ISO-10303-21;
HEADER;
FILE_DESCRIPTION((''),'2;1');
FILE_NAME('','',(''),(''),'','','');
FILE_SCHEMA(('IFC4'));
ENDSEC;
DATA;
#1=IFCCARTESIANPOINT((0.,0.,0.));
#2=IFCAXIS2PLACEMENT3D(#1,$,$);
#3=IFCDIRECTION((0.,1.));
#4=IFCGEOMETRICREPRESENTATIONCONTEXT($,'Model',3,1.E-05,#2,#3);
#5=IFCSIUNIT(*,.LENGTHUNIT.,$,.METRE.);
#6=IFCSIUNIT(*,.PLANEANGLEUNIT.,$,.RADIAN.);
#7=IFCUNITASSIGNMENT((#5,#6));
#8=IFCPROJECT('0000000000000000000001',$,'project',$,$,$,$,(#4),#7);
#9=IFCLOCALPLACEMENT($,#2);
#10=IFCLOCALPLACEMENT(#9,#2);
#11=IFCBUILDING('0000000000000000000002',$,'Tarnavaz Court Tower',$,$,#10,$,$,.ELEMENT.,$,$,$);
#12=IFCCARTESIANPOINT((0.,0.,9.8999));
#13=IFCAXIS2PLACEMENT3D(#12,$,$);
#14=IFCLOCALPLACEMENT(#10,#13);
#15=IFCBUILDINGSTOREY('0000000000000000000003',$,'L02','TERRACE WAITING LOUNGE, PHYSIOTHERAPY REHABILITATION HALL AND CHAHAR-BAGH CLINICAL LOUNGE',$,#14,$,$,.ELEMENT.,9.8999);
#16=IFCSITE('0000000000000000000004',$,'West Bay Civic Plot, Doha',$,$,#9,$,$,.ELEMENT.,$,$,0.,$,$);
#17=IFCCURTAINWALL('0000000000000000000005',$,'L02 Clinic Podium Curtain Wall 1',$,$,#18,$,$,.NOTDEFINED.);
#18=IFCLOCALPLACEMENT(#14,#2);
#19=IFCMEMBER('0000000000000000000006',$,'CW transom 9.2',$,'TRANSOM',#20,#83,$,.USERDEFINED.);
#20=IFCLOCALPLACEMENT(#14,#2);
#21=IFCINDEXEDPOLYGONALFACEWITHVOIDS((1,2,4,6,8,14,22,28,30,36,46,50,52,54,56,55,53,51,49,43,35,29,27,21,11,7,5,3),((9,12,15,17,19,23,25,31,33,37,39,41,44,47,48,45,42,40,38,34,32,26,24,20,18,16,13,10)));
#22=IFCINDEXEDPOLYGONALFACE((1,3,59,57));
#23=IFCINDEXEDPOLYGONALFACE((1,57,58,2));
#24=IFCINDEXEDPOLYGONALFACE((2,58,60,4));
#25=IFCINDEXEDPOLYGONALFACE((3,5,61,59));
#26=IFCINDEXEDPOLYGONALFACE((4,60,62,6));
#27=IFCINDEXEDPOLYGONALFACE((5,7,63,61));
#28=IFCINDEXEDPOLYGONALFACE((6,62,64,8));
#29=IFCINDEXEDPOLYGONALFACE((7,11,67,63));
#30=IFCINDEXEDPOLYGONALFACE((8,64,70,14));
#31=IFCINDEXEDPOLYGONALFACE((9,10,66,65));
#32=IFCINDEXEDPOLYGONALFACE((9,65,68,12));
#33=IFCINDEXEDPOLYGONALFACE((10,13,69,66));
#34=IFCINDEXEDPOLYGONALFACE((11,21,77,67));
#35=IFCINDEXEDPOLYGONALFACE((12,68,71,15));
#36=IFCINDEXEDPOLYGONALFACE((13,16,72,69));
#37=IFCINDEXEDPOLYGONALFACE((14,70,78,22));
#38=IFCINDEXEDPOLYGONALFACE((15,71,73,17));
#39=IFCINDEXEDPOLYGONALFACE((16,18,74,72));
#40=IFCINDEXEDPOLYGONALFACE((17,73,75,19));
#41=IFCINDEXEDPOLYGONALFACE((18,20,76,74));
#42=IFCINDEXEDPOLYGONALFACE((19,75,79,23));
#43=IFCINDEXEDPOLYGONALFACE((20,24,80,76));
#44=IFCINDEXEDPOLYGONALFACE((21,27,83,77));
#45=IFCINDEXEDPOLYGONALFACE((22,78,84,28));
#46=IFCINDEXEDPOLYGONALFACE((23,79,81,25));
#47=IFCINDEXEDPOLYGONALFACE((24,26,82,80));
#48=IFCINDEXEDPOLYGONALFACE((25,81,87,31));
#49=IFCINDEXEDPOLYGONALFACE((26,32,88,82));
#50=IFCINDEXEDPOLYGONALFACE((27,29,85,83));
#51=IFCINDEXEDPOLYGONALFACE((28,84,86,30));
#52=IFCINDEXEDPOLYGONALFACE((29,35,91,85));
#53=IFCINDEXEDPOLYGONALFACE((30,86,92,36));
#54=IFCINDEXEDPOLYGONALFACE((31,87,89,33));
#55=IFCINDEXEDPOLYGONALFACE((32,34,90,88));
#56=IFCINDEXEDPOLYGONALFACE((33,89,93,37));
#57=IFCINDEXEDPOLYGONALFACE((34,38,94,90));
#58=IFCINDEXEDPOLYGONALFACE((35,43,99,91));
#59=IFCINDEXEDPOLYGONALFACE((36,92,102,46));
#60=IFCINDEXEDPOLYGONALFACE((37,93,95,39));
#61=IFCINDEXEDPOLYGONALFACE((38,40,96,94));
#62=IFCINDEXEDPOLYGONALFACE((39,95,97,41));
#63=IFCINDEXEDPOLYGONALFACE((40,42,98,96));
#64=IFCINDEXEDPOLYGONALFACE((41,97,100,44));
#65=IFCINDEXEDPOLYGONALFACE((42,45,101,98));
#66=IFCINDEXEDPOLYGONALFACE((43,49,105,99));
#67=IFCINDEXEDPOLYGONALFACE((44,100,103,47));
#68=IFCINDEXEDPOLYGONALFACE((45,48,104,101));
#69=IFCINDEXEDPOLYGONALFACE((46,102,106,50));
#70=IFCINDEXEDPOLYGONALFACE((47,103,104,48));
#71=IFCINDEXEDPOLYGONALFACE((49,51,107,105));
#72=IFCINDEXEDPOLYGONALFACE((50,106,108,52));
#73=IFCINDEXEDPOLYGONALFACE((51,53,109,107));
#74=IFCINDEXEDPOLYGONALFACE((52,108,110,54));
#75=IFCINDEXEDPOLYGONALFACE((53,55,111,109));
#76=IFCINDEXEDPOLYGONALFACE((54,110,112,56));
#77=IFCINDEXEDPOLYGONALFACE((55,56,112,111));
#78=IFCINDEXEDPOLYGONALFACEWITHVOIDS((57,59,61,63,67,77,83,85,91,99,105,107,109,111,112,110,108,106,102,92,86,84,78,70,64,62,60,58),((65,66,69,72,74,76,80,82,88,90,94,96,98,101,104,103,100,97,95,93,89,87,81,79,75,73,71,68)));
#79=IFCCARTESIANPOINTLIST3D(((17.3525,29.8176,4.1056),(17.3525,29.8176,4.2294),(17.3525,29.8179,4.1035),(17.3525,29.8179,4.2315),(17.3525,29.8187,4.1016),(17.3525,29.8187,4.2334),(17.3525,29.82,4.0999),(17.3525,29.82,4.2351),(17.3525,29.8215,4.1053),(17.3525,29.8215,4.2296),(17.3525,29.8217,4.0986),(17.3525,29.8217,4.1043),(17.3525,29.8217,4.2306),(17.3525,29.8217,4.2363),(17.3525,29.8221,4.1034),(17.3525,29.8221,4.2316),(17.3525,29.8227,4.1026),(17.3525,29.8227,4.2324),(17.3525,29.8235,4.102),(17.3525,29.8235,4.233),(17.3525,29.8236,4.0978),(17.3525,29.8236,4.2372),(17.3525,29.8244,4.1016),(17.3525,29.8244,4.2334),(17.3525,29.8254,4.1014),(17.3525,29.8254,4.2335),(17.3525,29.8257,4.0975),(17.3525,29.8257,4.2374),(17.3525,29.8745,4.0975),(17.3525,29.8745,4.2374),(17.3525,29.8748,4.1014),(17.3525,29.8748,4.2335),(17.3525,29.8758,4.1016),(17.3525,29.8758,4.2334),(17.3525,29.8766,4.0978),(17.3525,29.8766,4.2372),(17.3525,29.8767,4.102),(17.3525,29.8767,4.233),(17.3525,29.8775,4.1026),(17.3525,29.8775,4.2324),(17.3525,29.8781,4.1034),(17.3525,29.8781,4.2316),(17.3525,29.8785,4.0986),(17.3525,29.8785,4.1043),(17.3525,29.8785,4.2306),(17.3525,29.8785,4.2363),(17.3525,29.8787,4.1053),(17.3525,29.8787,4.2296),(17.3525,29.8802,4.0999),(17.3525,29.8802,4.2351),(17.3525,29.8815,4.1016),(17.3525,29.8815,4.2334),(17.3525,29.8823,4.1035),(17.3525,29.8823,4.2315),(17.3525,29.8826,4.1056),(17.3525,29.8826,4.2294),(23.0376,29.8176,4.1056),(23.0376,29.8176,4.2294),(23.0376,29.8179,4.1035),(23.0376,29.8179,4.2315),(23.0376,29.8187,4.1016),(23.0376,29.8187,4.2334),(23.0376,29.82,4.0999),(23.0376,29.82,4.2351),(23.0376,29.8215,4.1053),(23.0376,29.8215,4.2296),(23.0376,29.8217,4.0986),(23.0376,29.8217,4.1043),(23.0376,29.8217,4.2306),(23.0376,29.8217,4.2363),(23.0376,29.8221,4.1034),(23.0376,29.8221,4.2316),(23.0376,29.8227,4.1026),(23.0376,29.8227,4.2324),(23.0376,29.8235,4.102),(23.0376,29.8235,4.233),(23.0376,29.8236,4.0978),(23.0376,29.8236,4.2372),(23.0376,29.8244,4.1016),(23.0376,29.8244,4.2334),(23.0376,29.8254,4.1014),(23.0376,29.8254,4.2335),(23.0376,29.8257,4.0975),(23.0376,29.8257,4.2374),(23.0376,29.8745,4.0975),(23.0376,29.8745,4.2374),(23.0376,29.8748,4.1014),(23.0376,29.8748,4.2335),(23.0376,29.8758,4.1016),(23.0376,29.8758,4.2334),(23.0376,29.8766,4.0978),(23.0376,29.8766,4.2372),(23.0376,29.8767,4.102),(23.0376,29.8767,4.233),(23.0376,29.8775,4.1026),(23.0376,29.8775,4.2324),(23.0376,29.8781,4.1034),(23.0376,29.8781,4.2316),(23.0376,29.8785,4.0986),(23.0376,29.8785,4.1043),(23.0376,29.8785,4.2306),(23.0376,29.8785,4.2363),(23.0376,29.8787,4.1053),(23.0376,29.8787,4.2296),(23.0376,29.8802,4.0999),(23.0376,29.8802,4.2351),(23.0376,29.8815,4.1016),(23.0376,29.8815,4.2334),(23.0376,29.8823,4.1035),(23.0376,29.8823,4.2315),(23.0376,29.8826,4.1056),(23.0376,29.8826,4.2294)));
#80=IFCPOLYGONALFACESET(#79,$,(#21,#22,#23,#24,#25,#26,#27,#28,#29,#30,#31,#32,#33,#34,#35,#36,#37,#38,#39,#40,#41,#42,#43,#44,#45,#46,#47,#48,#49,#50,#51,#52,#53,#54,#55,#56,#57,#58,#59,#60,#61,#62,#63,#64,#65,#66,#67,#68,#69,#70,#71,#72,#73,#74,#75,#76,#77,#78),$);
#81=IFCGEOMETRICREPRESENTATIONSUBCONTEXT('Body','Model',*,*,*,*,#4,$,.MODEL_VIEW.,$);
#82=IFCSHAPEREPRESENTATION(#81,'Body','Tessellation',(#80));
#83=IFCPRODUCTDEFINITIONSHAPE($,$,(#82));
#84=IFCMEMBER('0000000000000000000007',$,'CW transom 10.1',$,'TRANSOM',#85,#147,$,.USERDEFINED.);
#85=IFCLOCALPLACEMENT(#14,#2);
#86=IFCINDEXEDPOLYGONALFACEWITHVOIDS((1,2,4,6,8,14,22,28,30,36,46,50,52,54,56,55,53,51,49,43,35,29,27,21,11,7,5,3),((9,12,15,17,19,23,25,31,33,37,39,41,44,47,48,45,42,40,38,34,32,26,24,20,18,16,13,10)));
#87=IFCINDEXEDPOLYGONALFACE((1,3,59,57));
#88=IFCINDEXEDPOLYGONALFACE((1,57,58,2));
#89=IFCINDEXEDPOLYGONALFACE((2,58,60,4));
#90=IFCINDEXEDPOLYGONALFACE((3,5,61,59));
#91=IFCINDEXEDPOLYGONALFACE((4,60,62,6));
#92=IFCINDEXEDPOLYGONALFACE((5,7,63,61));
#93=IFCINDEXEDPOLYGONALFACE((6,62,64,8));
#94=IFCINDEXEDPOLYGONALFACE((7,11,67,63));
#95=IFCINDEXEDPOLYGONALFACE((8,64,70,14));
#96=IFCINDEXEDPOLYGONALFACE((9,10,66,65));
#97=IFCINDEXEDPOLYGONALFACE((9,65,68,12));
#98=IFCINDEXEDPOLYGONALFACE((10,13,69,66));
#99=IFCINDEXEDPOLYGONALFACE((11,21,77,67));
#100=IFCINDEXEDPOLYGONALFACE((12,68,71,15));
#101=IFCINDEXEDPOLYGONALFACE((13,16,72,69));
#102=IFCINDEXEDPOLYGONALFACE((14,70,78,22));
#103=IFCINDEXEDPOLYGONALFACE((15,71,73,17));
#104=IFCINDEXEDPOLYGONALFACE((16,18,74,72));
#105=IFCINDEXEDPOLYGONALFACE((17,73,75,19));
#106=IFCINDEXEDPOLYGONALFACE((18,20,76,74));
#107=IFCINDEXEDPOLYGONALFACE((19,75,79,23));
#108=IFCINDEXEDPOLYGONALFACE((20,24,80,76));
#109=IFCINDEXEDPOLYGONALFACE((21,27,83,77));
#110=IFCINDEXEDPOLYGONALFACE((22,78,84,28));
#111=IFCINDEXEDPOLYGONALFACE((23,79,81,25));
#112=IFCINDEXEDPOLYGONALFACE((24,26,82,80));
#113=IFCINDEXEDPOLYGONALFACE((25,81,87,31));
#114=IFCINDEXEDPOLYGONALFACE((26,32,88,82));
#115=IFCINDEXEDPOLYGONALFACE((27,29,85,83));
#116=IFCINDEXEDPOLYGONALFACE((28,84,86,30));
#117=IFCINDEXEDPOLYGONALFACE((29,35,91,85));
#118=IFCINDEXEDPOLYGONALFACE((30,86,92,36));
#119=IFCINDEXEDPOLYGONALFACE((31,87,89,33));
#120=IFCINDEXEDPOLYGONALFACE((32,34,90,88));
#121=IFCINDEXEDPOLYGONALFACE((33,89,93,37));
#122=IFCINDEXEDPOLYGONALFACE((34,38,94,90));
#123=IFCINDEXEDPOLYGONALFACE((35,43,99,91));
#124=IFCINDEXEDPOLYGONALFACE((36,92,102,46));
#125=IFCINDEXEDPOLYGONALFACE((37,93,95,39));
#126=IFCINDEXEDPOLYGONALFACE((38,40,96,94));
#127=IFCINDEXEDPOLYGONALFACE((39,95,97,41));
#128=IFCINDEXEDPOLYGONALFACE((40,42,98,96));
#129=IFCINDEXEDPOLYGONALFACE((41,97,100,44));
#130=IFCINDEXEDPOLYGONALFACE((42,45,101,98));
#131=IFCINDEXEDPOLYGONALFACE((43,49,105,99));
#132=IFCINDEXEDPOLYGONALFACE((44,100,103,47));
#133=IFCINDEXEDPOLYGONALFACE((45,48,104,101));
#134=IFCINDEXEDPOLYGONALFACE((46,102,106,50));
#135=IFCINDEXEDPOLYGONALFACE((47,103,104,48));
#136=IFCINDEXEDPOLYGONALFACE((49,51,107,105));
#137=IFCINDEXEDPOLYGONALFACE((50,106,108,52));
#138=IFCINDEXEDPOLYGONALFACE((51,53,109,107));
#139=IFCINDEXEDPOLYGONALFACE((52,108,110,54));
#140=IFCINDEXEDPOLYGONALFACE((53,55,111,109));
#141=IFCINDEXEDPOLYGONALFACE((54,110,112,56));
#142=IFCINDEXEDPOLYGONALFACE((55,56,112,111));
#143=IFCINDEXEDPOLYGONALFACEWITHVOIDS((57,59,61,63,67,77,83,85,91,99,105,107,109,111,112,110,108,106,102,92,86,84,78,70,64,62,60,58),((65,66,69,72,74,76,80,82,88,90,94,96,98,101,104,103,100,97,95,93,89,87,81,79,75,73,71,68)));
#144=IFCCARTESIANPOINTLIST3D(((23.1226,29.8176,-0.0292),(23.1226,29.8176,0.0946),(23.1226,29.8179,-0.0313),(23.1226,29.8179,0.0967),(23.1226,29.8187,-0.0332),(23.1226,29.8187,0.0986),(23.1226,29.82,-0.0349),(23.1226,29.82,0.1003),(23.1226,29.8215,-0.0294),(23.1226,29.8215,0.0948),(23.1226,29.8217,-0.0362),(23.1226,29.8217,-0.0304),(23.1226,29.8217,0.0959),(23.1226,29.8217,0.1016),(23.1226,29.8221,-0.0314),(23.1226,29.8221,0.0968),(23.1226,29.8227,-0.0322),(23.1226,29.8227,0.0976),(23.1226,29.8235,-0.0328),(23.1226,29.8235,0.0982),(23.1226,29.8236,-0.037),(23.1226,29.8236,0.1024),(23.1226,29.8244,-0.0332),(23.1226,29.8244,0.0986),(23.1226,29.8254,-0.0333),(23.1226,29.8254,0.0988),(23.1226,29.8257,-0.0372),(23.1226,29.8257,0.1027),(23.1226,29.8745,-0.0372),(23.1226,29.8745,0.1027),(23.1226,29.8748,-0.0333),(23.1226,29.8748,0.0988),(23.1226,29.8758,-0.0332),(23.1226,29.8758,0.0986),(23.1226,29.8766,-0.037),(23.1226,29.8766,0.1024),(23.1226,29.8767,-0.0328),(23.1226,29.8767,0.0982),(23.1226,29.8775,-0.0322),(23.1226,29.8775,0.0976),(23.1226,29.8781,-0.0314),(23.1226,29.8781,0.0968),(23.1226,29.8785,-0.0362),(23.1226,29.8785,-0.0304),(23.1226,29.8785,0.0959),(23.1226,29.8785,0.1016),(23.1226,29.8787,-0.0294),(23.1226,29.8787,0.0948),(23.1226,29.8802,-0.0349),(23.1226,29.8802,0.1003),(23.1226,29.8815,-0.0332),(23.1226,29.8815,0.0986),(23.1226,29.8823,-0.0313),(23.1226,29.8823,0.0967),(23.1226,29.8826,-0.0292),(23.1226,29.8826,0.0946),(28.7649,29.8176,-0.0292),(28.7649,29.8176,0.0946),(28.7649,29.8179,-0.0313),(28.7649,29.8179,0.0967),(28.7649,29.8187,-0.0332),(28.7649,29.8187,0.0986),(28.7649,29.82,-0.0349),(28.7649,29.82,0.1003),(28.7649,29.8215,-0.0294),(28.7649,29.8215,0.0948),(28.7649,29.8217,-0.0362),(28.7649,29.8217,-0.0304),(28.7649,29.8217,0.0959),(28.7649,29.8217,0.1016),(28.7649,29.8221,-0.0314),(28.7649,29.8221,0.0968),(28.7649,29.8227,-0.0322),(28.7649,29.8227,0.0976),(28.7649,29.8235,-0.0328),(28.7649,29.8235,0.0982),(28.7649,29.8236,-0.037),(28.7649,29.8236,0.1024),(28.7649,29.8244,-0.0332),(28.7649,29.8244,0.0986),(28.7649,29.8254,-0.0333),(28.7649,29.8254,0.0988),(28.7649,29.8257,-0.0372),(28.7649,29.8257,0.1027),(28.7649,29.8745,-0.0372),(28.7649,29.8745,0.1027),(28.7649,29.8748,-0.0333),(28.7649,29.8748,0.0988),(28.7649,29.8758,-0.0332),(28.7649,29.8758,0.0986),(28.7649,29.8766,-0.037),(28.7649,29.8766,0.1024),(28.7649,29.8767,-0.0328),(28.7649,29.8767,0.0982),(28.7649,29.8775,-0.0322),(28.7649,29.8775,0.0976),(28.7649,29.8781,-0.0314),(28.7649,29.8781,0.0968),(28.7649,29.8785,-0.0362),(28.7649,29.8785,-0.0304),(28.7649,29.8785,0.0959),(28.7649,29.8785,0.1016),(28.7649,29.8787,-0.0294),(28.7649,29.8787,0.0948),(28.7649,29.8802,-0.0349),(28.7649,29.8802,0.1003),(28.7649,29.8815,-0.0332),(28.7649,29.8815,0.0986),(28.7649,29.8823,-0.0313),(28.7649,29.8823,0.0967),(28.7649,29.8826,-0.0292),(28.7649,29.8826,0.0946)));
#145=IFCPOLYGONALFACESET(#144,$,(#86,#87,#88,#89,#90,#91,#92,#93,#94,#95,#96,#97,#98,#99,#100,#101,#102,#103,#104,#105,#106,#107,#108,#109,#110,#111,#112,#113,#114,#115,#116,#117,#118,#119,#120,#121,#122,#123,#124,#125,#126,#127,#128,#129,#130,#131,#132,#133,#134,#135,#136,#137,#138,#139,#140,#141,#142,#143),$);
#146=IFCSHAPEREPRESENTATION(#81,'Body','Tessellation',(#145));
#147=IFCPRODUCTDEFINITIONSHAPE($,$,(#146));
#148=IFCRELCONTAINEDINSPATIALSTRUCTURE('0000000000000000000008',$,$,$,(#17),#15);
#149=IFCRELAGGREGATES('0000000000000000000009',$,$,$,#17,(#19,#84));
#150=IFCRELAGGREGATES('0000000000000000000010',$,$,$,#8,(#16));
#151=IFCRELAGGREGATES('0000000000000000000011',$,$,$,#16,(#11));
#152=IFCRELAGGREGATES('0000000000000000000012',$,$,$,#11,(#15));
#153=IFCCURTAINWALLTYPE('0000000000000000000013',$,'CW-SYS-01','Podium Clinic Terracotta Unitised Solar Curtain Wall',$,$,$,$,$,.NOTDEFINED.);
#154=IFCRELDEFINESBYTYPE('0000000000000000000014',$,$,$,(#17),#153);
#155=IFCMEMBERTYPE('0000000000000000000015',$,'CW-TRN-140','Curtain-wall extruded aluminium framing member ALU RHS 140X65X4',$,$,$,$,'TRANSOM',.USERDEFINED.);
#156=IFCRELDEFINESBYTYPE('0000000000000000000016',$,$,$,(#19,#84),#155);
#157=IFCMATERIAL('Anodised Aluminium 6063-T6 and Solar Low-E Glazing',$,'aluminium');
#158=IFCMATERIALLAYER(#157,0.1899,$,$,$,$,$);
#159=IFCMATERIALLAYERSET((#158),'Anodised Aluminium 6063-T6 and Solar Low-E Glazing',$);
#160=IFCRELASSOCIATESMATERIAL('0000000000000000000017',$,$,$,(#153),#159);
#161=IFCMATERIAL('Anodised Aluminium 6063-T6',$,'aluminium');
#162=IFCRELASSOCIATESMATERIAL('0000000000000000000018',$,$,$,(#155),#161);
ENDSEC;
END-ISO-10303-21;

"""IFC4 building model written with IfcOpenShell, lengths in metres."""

from ifc_helpers import new_model, si_unit, direction, frame, origin, origin_2d, place, context, subcontext, project, spatial, hollow_rectangle, extrude, material, layer, layer_set, material_profile, profile_set, type_object, element, aggregate, save


model = new_model("IFC4")

# Units and contexts
model_context = context("Model", 3, precision=1e-05, world=origin(), true_north=direction((0.0, 1.0)))
body_context = subcontext(model_context, "Body", "Model", "MODEL_VIEW")
ifc_project = project(units=[si_unit("LENGTHUNIT", "METRE"), si_unit("PLANEANGLEUNIT", "RADIAN")], contexts=[model_context])

# Site, building, storey
site_placement = place(None, origin())
site = spatial("IfcSite", under=ifc_project, at=site_placement, Name="West Bay Civic Plot, Doha", CompositionType="ELEMENT", RefElevation=0.0)
building_placement = place(site_placement, origin())
building = spatial("IfcBuilding", under=site, at=building_placement, Name="Tarnavaz Court Tower", CompositionType="ELEMENT")
storey_placement = place(building_placement, frame((0.0, 0.0, 9.8999)))
storey = spatial("IfcBuildingStorey", under=building, at=storey_placement, Name="L02", Description="TERRACE WAITING LOUNGE, PHYSIOTHERAPY REHABILITATION HALL AND CHAHAR-BAGH CLINICAL LOUNGE", CompositionType="ELEMENT", Elevation=9.8999)

# Curtain wall, members
ifc_material_1 = material(Name="Anodised Aluminium 6063-T6 and Solar Low-E Glazing", Category="aluminium")
ifc_layer_1 = layer(ifc_material_1, 0.1899)
ifc_layer_set_1 = layer_set([ifc_layer_1], Name="Anodised Aluminium 6063-T6 and Solar Low-E Glazing")
curtain_wall_type = type_object("IfcCurtainWallType", Name="CW-SYS-01", Description="Podium Clinic Terracotta Unitised Solar Curtain Wall", PredefinedType="NOTDEFINED", material=ifc_layer_set_1)
curtain_wall_placement = place(storey_placement, origin())
curtain_wall = element("IfcCurtainWall", 1, at=curtain_wall_placement, inside=storey, type_object=curtain_wall_type, Name="L02 Clinic Podium Curtain Wall 1", PredefinedType="NOTDEFINED")
ifc_material_2 = material(Name="Anodised Aluminium 6063-T6", Category="aluminium")
ifc_material_profile_1 = material_profile(ifc_material_2, hollow_rectangle(XDim=0.0649, YDim=0.1399, WallThickness=0.0039, InnerFilletRadius=0.0039, OuterFilletRadius=0.0081, at=origin_2d()), Name="ALU RHS 140X65X4")
ifc_profile_set_1 = profile_set([ifc_material_profile_1], Name="Anodised Aluminium 6063-T6")
member_type_1 = type_object("IfcMemberType", Name="CW-TRN-140", Description="Curtain-wall extruded aluminium framing member ALU RHS 140X65X4", ElementType="TRANSOM", PredefinedType="USERDEFINED", material=ifc_profile_set_1)
member_1_placement = place(storey_placement, frame((17.3525, 29.8501, 4.1675), z_axis=(1.0, 0.0, 0.0), x_axis=(0.0, 1.0, 0.0)))
member_1 = element("IfcMember", 2, at=member_1_placement, type_object=member_type_1, Name="CW transom 9.2", ObjectType="TRANSOM", PredefinedType="USERDEFINED", context=body_context, shape_type="SweptSolid", body=[
    extrude(hollow_rectangle(XDim=0.0649, YDim=0.1399, WallThickness=0.0039, InnerFilletRadius=0.0039, OuterFilletRadius=0.0081, at=origin_2d()), origin(), (0.0, 0.0, 1.0), 5.6851),
])
member_2_placement = place(storey_placement, frame((23.1226, 29.8501, 0.0327), z_axis=(1.0, 0.0, 0.0), x_axis=(0.0, 1.0, 0.0)))
member_2 = element("IfcMember", 3, at=member_2_placement, type_object=member_type_1, Name="CW transom 10.1", ObjectType="TRANSOM", PredefinedType="USERDEFINED", context=body_context, shape_type="SweptSolid", body=[
    extrude(hollow_rectangle(XDim=0.0649, YDim=0.1399, WallThickness=0.0039, InnerFilletRadius=0.0039, OuterFilletRadius=0.0081, at=origin_2d()), origin(), (0.0, 0.0, 1.0), 5.6423),
])
aggregate(curtain_wall, [member_1, member_2])

save(model, "model.ifc")
